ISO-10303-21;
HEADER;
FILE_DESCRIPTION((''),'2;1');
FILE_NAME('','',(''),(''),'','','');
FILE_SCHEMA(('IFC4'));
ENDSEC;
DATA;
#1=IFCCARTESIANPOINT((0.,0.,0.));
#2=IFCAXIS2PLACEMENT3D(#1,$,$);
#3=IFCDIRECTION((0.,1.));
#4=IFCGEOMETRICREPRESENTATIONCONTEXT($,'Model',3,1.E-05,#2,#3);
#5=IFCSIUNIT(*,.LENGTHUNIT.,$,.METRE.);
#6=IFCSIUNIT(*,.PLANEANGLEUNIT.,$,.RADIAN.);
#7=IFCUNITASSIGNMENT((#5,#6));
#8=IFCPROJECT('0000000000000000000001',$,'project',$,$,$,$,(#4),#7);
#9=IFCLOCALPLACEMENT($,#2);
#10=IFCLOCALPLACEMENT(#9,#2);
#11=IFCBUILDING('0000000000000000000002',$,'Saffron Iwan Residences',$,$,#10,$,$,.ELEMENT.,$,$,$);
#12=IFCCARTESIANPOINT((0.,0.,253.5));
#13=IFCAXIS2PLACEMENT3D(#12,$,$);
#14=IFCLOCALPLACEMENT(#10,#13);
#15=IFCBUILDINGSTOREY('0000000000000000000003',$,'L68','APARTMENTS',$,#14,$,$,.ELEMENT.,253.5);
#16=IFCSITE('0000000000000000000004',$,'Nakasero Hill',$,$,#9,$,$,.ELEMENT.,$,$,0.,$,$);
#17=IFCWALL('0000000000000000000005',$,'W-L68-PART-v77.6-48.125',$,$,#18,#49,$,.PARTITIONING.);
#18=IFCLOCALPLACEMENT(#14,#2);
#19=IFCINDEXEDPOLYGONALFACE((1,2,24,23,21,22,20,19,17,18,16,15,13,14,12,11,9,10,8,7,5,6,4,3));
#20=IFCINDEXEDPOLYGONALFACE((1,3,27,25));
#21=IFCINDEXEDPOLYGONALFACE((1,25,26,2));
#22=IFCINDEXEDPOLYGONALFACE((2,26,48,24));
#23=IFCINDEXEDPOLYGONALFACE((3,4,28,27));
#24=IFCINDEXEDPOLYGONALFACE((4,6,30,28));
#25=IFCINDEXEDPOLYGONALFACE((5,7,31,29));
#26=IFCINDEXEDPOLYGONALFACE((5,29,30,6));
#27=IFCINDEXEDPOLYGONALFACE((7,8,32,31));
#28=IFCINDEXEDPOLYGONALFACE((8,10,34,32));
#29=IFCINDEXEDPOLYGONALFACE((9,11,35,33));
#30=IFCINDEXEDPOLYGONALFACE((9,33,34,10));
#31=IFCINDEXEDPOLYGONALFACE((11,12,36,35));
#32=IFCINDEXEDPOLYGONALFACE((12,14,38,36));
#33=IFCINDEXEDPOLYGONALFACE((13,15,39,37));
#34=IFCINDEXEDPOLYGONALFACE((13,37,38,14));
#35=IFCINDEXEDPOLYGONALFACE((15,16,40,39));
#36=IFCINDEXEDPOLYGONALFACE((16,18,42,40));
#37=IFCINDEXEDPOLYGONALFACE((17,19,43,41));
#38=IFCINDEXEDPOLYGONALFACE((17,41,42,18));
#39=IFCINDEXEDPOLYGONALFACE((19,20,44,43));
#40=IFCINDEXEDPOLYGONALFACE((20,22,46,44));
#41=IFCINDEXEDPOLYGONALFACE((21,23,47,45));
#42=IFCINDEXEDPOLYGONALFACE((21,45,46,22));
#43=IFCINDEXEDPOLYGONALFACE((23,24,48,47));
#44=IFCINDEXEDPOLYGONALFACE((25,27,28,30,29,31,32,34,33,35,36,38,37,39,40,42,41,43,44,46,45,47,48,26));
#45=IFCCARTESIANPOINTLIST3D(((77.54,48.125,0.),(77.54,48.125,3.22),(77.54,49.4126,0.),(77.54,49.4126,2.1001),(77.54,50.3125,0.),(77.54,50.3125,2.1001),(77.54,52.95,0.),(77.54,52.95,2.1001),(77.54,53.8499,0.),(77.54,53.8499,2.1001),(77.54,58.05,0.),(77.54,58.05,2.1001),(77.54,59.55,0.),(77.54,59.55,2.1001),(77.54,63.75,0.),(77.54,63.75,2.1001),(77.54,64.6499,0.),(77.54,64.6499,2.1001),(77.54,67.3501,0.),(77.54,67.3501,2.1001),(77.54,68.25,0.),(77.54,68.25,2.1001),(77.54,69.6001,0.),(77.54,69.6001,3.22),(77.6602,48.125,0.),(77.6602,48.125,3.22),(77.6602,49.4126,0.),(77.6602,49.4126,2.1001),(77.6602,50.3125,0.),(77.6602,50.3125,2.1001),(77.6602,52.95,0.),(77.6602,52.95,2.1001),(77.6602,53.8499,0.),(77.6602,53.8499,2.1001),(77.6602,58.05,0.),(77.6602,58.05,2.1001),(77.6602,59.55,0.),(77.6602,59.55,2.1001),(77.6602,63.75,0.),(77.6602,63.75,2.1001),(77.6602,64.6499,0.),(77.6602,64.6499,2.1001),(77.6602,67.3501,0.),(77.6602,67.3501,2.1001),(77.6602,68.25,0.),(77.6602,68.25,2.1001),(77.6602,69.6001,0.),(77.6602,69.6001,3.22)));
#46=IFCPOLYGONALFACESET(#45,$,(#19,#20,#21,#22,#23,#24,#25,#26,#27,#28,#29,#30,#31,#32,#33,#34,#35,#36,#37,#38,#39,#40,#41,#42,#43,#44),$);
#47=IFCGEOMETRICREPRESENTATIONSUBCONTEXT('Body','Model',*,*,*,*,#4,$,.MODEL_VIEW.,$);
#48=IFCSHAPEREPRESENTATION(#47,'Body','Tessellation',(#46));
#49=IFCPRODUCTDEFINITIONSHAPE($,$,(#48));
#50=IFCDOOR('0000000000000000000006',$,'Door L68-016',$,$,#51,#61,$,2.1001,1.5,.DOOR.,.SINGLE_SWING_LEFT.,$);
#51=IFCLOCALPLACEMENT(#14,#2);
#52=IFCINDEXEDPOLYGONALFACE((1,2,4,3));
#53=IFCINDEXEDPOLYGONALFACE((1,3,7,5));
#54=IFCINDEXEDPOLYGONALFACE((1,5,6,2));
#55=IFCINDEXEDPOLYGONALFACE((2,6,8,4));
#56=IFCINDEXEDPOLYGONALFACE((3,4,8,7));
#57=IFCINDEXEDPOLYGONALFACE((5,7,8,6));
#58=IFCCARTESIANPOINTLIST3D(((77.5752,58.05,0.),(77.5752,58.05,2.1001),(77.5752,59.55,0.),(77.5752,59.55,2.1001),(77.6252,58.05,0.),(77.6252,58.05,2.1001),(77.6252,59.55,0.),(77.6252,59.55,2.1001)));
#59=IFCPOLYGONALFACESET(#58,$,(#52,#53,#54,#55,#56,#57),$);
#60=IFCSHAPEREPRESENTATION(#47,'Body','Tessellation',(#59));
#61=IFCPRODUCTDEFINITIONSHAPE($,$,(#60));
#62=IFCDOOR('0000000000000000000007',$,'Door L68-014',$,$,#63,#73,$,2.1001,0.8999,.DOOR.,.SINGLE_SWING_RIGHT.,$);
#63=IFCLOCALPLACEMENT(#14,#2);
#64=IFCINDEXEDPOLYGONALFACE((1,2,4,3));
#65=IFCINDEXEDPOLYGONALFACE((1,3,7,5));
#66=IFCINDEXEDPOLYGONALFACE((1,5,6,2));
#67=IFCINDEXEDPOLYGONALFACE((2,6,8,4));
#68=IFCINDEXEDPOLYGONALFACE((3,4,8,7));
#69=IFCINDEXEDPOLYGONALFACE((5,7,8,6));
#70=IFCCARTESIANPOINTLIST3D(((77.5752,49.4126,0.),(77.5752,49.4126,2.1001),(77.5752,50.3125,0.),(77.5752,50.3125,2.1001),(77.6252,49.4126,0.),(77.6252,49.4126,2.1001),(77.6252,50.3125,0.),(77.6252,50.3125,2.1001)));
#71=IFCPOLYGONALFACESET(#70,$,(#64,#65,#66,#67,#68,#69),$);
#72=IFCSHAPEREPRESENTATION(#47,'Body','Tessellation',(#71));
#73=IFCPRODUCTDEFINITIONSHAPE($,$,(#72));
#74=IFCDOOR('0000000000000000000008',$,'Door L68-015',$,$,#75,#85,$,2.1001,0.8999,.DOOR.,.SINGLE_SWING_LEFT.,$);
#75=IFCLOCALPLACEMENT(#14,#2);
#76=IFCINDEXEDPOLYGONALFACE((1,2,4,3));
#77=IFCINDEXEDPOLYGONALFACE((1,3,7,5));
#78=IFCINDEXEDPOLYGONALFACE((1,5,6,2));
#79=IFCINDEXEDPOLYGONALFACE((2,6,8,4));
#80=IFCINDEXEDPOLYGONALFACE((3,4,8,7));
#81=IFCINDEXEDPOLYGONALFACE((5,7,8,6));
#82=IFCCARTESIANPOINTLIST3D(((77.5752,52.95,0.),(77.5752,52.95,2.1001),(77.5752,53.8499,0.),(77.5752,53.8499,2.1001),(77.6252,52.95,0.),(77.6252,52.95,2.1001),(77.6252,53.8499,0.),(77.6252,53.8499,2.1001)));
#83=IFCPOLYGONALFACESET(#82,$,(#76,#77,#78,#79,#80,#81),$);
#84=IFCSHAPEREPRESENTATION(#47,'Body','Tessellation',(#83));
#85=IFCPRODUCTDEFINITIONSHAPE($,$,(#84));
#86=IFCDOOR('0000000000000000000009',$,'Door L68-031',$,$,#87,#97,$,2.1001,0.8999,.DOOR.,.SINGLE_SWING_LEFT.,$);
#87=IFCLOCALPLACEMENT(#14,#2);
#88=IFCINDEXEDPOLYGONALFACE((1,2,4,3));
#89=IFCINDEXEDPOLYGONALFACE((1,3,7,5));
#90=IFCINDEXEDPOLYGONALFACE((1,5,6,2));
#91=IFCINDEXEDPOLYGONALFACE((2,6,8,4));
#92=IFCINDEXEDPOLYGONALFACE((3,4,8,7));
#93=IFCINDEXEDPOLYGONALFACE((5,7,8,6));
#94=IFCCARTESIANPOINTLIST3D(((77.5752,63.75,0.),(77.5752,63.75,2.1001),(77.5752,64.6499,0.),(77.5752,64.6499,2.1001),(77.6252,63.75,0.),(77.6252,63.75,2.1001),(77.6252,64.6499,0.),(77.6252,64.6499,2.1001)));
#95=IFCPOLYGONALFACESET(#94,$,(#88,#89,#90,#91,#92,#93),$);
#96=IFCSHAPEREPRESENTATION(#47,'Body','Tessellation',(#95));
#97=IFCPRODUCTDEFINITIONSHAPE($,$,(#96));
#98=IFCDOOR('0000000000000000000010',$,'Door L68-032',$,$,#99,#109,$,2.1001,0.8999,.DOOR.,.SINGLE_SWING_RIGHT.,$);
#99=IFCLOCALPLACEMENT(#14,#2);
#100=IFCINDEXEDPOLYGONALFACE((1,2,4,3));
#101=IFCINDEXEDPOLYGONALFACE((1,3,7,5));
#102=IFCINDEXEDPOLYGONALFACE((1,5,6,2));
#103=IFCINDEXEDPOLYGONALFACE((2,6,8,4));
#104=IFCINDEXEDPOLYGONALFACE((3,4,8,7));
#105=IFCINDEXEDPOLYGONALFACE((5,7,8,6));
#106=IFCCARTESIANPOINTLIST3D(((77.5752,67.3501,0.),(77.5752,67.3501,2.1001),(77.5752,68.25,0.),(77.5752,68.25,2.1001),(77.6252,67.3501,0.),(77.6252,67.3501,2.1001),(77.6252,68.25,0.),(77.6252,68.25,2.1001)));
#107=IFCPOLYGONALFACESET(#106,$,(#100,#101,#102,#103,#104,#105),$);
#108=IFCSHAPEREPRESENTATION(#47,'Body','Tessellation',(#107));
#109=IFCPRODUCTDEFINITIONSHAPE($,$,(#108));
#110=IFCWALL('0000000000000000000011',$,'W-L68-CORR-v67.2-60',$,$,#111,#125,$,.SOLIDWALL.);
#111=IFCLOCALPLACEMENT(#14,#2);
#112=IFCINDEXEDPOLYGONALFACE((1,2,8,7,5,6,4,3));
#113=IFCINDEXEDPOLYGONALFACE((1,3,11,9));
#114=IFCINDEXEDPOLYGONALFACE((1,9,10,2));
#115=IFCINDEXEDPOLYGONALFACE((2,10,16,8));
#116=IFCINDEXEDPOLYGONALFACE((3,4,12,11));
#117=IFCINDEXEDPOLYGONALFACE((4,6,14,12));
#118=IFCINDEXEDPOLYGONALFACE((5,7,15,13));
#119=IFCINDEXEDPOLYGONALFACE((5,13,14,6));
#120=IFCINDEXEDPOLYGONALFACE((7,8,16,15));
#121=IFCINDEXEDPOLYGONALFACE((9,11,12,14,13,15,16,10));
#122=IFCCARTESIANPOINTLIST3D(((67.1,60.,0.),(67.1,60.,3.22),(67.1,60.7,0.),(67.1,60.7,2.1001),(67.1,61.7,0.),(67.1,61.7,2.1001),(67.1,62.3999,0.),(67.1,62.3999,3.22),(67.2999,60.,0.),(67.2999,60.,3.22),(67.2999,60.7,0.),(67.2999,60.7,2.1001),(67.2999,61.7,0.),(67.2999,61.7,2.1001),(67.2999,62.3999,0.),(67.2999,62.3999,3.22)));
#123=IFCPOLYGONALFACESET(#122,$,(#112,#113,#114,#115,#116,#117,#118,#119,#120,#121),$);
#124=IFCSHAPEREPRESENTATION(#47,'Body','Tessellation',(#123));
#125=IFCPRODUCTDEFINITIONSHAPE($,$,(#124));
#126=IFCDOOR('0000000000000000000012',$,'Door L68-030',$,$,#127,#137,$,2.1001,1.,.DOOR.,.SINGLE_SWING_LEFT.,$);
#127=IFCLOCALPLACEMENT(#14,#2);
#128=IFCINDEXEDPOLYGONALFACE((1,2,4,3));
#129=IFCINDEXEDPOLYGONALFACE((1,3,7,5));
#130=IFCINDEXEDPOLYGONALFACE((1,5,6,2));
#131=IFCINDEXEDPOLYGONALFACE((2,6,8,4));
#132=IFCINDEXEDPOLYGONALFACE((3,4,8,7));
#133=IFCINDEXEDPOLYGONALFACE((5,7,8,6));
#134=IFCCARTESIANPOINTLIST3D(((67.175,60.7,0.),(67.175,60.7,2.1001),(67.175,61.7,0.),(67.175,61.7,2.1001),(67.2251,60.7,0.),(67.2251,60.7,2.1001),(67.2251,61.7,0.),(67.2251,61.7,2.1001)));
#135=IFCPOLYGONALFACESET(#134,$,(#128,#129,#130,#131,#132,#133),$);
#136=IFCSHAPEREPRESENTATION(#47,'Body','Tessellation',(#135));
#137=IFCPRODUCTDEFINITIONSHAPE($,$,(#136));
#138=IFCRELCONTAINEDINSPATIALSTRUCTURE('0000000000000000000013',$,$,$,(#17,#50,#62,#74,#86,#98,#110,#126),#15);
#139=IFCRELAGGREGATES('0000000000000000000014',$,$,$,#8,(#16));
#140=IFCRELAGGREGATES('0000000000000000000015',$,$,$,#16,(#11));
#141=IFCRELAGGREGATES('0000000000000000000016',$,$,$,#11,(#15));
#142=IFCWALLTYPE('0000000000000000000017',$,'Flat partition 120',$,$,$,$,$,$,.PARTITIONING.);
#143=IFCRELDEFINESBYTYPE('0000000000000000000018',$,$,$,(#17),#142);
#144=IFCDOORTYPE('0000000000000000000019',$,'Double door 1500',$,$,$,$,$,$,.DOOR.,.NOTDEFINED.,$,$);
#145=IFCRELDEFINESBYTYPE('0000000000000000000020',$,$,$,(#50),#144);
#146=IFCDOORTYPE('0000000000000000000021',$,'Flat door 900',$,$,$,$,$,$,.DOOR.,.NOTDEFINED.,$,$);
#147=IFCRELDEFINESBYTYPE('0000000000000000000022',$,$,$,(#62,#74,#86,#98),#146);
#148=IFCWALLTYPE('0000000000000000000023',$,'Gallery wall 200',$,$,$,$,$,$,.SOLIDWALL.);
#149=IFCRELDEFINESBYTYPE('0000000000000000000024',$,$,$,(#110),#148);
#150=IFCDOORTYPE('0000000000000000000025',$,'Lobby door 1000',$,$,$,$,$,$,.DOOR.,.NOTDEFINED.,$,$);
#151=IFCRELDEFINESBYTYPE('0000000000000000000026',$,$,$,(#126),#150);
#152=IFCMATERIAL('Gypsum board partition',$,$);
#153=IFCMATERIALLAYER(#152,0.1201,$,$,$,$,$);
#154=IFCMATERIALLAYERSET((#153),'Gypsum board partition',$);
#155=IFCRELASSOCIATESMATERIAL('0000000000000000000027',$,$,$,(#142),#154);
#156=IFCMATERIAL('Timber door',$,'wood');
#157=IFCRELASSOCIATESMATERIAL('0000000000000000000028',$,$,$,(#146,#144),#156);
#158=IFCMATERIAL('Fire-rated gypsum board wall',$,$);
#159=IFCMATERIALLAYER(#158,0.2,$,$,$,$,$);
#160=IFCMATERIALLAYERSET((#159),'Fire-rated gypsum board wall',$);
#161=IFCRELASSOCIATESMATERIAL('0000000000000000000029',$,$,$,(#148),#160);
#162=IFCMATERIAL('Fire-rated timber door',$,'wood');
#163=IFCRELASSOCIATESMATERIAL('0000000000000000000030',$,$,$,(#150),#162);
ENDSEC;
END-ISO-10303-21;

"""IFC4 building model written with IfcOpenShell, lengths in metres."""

from ifc_helpers import new_model, si_unit, direction, frame, frame_2d, origin, place, context, subcontext, project, spatial, rectangle, extrude, material, layer, layer_set, type_object, element, fill, save


model = new_model("IFC4")

# Units and contexts
model_context = context("Model", 3, precision=1e-05, world=origin(), true_north=direction((0.0, 1.0)))
body_context = subcontext(model_context, "Body", "Model", "MODEL_VIEW")
ifc_project = project(units=[si_unit("LENGTHUNIT", "METRE"), si_unit("PLANEANGLEUNIT", "RADIAN")], contexts=[model_context])

# Site, building, storey
site_placement = place(None, origin())
site = spatial("IfcSite", under=ifc_project, at=site_placement, Name="Nakasero Hill", CompositionType="ELEMENT", RefElevation=0.0)
building_placement = place(site_placement, origin())
building = spatial("IfcBuilding", under=site, at=building_placement, Name="Saffron Iwan Residences", CompositionType="ELEMENT")
storey_placement = place(building_placement, frame((0.0, 0.0, 253.5)))
storey = spatial("IfcBuildingStorey", under=building, at=storey_placement, Name="L68", Description="APARTMENTS", CompositionType="ELEMENT", Elevation=253.5)

# Shared definitions
ifc_material_1 = material(Name="Fire-rated gypsum board wall")
ifc_material_2 = material(Name="Gypsum board partition")
ifc_layer_1 = layer(ifc_material_2, 0.1201)
ifc_layer_set_1 = layer_set([ifc_layer_1], Name="Gypsum board partition")
wall_type_1 = type_object("IfcWallType", Name="Flat partition 120", PredefinedType="PARTITIONING", material=ifc_layer_set_1)

# Shared definitions
ifc_material_3 = material(Name="Timber door", Category="wood")
door_type_1 = type_object("IfcDoorType", Name="Flat door 900", OperationType="NOTDEFINED", PredefinedType="DOOR", material=ifc_material_3)

# Wall, openings, doors
wall_1_placement = place(storey_placement, frame((77.6001, 48.125, 0.0), z_axis=(0.0, 0.0, 1.0), x_axis=(0.0, 1.0, 0.0)))
wall_1 = element("IfcWall", 1, at=wall_1_placement, inside=storey, type_object=wall_type_1, Name="W-L68-PART-v77.6-48.125", PredefinedType="PARTITIONING", context=body_context, shape_type="SweptSolid", body=[
    extrude(rectangle(XDim=21.4751, YDim=0.1201, at=frame_2d((10.7375, 0.0))), origin(), (0.0, 0.0, 1.0), 3.22),
])
opening_1_placement = place(wall_1_placement, frame((1.2876, 0.0, 0.0)))
opening_1 = element("IfcOpeningElement", 2, at=opening_1_placement, cuts=wall_1, PredefinedType="OPENING", context=body_context, shape_type="SweptSolid", body=[
    extrude(rectangle(XDim=0.8999, YDim=2.1001, at=frame_2d((0.45, 1.05))), frame((0.0, 0.0701, 0.0), z_axis=(0.0, -1.0, 0.0), x_axis=(1.0, 0.0, 0.0)), (0.0, 0.0, 1.0), 0.1401),
])
opening_2_placement = place(wall_1_placement, frame((4.825, 0.0, 0.0)))
opening_2 = element("IfcOpeningElement", 3, at=opening_2_placement, cuts=wall_1, PredefinedType="OPENING", context=body_context, shape_type="SweptSolid", body=[
    extrude(rectangle(XDim=0.8999, YDim=2.1001, at=frame_2d((0.45, 1.05))), frame((0.0, 0.0701, 0.0), z_axis=(0.0, -1.0, 0.0), x_axis=(1.0, 0.0, 0.0)), (0.0, 0.0, 1.0), 0.1401),
])
opening_3_placement = place(wall_1_placement, frame((9.925, 0.0, 0.0)))
opening_3 = element("IfcOpeningElement", 4, at=opening_3_placement, cuts=wall_1, PredefinedType="OPENING", context=body_context, shape_type="SweptSolid", body=[
    extrude(rectangle(XDim=1.5, YDim=2.1001, at=frame_2d((0.75, 1.05))), frame((0.0, 0.0701, 0.0), z_axis=(0.0, -1.0, 0.0), x_axis=(1.0, 0.0, 0.0)), (0.0, 0.0, 1.0), 0.1401),
])
opening_4_placement = place(wall_1_placement, frame((15.625, 0.0, 0.0)))
opening_4 = element("IfcOpeningElement", 5, at=opening_4_placement, cuts=wall_1, PredefinedType="OPENING", context=body_context, shape_type="SweptSolid", body=[
    extrude(rectangle(XDim=0.8999, YDim=2.1001, at=frame_2d((0.45, 1.05))), frame((0.0, 0.0701, 0.0), z_axis=(0.0, -1.0, 0.0), x_axis=(1.0, 0.0, 0.0)), (0.0, 0.0, 1.0), 0.1401),
])
opening_5_placement = place(wall_1_placement, frame((19.2251, 0.0, 0.0)))
opening_5 = element("IfcOpeningElement", 6, at=opening_5_placement, cuts=wall_1, PredefinedType="OPENING", context=body_context, shape_type="SweptSolid", body=[
    extrude(rectangle(XDim=0.8999, YDim=2.1001, at=frame_2d((0.45, 1.05))), frame((0.0, 0.0701, 0.0), z_axis=(0.0, -1.0, 0.0), x_axis=(1.0, 0.0, 0.0)), (0.0, 0.0, 1.0), 0.1401),
])
door_type_2 = type_object("IfcDoorType", Name="Double door 1500", OperationType="NOTDEFINED", PredefinedType="DOOR", material=ifc_material_3)
door_1_placement = place(opening_3_placement, origin())
door_1 = element("IfcDoor", 7, at=door_1_placement, inside=storey, type_object=door_type_2, Name="Door L68-016", OperationType="SINGLE_SWING_LEFT", OverallHeight=2.1001, OverallWidth=1.5, PredefinedType="DOOR", context=body_context, shape_type="SweptSolid", body=[
    extrude(rectangle(XDim=1.5, YDim=2.1001, at=frame_2d((0.75, 1.05))), frame((0.0, 0.0249, 0.0), z_axis=(0.0, -1.0, 0.0), x_axis=(1.0, 0.0, 0.0)), (0.0, 0.0, 1.0), 0.05),
])
fill(opening_3, door_1)
door_2_placement = place(opening_1_placement, origin())
door_2 = element("IfcDoor", 8, at=door_2_placement, inside=storey, type_object=door_type_1, Name="Door L68-014", OperationType="SINGLE_SWING_RIGHT", OverallHeight=2.1001, OverallWidth=0.8999, PredefinedType="DOOR", context=body_context, shape_type="SweptSolid", body=[
    extrude(rectangle(XDim=0.8999, YDim=2.1001, at=frame_2d((0.45, 1.05))), frame((0.0, 0.0249, 0.0), z_axis=(0.0, -1.0, 0.0), x_axis=(1.0, 0.0, 0.0)), (0.0, 0.0, 1.0), 0.05),
])
fill(opening_1, door_2)
door_3_placement = place(opening_2_placement, origin())
door_3 = element("IfcDoor", 9, at=door_3_placement, inside=storey, type_object=door_type_1, Name="Door L68-015", OperationType="SINGLE_SWING_LEFT", OverallHeight=2.1001, OverallWidth=0.8999, PredefinedType="DOOR", context=body_context, shape_type="SweptSolid", body=[
    extrude(rectangle(XDim=0.8999, YDim=2.1001, at=frame_2d((0.45, 1.05))), frame((0.0, 0.0249, 0.0), z_axis=(0.0, -1.0, 0.0), x_axis=(1.0, 0.0, 0.0)), (0.0, 0.0, 1.0), 0.05),
])
fill(opening_2, door_3)
door_4_placement = place(opening_4_placement, origin())
door_4 = element("IfcDoor", 10, at=door_4_placement, inside=storey, type_object=door_type_1, Name="Door L68-031", OperationType="SINGLE_SWING_LEFT", OverallHeight=2.1001, OverallWidth=0.8999, PredefinedType="DOOR", context=body_context, shape_type="SweptSolid", body=[
    extrude(rectangle(XDim=0.8999, YDim=2.1001, at=frame_2d((0.45, 1.05))), frame((0.0, 0.0249, 0.0), z_axis=(0.0, -1.0, 0.0), x_axis=(1.0, 0.0, 0.0)), (0.0, 0.0, 1.0), 0.05),
])
fill(opening_4, door_4)
door_5_placement = place(opening_5_placement, origin())
door_5 = element("IfcDoor", 11, at=door_5_placement, inside=storey, type_object=door_type_1, Name="Door L68-032", OperationType="SINGLE_SWING_RIGHT", OverallHeight=2.1001, OverallWidth=0.8999, PredefinedType="DOOR", context=body_context, shape_type="SweptSolid", body=[
    extrude(rectangle(XDim=0.8999, YDim=2.1001, at=frame_2d((0.45, 1.05))), frame((0.0, 0.0249, 0.0), z_axis=(0.0, -1.0, 0.0), x_axis=(1.0, 0.0, 0.0)), (0.0, 0.0, 1.0), 0.05),
])
fill(opening_5, door_5)

# Wall, opening, door
ifc_layer_2 = layer(ifc_material_1, 0.2)
ifc_layer_set_2 = layer_set([ifc_layer_2], Name="Fire-rated gypsum board wall")
wall_type_2 = type_object("IfcWallType", Name="Gallery wall 200", PredefinedType="SOLIDWALL", material=ifc_layer_set_2)
wall_2_placement = place(storey_placement, frame((67.2, 60.0, 0.0), z_axis=(0.0, 0.0, 1.0), x_axis=(0.0, 1.0, 0.0)))
wall_2 = element("IfcWall", 12, at=wall_2_placement, inside=storey, type_object=wall_type_2, Name="W-L68-CORR-v67.2-60", PredefinedType="SOLIDWALL", context=body_context, shape_type="SweptSolid", body=[
    extrude(rectangle(XDim=2.3999, YDim=0.2, at=frame_2d((1.2, 0.0))), origin(), (0.0, 0.0, 1.0), 3.22),
])
opening_6_placement = place(wall_2_placement, frame((0.7, 0.0, 0.0)))
opening_6 = element("IfcOpeningElement", 13, at=opening_6_placement, cuts=wall_2, PredefinedType="OPENING", context=body_context, shape_type="SweptSolid", body=[
    extrude(rectangle(XDim=1.0, YDim=2.1001, at=frame_2d((0.5, 1.05))), frame((0.0, 0.1099, 0.0), z_axis=(0.0, -1.0, 0.0), x_axis=(1.0, 0.0, 0.0)), (0.0, 0.0, 1.0), 0.22),
])
ifc_material_4 = material(Name="Fire-rated timber door", Category="wood")
door_type_3 = type_object("IfcDoorType", Name="Lobby door 1000", OperationType="NOTDEFINED", PredefinedType="DOOR", material=ifc_material_4)
door_6_placement = place(opening_6_placement, origin())
door_6 = element("IfcDoor", 14, at=door_6_placement, inside=storey, type_object=door_type_3, Name="Door L68-030", OperationType="SINGLE_SWING_LEFT", OverallHeight=2.1001, OverallWidth=1.0, PredefinedType="DOOR", context=body_context, shape_type="SweptSolid", body=[
    extrude(rectangle(XDim=1.0, YDim=2.1001, at=frame_2d((0.5, 1.05))), frame((0.0, 0.0249, 0.0), z_axis=(0.0, -1.0, 0.0), x_axis=(1.0, 0.0, 0.0)), (0.0, 0.0, 1.0), 0.05),
])
fill(opening_6, door_6)

save(model, "model.ifc")
